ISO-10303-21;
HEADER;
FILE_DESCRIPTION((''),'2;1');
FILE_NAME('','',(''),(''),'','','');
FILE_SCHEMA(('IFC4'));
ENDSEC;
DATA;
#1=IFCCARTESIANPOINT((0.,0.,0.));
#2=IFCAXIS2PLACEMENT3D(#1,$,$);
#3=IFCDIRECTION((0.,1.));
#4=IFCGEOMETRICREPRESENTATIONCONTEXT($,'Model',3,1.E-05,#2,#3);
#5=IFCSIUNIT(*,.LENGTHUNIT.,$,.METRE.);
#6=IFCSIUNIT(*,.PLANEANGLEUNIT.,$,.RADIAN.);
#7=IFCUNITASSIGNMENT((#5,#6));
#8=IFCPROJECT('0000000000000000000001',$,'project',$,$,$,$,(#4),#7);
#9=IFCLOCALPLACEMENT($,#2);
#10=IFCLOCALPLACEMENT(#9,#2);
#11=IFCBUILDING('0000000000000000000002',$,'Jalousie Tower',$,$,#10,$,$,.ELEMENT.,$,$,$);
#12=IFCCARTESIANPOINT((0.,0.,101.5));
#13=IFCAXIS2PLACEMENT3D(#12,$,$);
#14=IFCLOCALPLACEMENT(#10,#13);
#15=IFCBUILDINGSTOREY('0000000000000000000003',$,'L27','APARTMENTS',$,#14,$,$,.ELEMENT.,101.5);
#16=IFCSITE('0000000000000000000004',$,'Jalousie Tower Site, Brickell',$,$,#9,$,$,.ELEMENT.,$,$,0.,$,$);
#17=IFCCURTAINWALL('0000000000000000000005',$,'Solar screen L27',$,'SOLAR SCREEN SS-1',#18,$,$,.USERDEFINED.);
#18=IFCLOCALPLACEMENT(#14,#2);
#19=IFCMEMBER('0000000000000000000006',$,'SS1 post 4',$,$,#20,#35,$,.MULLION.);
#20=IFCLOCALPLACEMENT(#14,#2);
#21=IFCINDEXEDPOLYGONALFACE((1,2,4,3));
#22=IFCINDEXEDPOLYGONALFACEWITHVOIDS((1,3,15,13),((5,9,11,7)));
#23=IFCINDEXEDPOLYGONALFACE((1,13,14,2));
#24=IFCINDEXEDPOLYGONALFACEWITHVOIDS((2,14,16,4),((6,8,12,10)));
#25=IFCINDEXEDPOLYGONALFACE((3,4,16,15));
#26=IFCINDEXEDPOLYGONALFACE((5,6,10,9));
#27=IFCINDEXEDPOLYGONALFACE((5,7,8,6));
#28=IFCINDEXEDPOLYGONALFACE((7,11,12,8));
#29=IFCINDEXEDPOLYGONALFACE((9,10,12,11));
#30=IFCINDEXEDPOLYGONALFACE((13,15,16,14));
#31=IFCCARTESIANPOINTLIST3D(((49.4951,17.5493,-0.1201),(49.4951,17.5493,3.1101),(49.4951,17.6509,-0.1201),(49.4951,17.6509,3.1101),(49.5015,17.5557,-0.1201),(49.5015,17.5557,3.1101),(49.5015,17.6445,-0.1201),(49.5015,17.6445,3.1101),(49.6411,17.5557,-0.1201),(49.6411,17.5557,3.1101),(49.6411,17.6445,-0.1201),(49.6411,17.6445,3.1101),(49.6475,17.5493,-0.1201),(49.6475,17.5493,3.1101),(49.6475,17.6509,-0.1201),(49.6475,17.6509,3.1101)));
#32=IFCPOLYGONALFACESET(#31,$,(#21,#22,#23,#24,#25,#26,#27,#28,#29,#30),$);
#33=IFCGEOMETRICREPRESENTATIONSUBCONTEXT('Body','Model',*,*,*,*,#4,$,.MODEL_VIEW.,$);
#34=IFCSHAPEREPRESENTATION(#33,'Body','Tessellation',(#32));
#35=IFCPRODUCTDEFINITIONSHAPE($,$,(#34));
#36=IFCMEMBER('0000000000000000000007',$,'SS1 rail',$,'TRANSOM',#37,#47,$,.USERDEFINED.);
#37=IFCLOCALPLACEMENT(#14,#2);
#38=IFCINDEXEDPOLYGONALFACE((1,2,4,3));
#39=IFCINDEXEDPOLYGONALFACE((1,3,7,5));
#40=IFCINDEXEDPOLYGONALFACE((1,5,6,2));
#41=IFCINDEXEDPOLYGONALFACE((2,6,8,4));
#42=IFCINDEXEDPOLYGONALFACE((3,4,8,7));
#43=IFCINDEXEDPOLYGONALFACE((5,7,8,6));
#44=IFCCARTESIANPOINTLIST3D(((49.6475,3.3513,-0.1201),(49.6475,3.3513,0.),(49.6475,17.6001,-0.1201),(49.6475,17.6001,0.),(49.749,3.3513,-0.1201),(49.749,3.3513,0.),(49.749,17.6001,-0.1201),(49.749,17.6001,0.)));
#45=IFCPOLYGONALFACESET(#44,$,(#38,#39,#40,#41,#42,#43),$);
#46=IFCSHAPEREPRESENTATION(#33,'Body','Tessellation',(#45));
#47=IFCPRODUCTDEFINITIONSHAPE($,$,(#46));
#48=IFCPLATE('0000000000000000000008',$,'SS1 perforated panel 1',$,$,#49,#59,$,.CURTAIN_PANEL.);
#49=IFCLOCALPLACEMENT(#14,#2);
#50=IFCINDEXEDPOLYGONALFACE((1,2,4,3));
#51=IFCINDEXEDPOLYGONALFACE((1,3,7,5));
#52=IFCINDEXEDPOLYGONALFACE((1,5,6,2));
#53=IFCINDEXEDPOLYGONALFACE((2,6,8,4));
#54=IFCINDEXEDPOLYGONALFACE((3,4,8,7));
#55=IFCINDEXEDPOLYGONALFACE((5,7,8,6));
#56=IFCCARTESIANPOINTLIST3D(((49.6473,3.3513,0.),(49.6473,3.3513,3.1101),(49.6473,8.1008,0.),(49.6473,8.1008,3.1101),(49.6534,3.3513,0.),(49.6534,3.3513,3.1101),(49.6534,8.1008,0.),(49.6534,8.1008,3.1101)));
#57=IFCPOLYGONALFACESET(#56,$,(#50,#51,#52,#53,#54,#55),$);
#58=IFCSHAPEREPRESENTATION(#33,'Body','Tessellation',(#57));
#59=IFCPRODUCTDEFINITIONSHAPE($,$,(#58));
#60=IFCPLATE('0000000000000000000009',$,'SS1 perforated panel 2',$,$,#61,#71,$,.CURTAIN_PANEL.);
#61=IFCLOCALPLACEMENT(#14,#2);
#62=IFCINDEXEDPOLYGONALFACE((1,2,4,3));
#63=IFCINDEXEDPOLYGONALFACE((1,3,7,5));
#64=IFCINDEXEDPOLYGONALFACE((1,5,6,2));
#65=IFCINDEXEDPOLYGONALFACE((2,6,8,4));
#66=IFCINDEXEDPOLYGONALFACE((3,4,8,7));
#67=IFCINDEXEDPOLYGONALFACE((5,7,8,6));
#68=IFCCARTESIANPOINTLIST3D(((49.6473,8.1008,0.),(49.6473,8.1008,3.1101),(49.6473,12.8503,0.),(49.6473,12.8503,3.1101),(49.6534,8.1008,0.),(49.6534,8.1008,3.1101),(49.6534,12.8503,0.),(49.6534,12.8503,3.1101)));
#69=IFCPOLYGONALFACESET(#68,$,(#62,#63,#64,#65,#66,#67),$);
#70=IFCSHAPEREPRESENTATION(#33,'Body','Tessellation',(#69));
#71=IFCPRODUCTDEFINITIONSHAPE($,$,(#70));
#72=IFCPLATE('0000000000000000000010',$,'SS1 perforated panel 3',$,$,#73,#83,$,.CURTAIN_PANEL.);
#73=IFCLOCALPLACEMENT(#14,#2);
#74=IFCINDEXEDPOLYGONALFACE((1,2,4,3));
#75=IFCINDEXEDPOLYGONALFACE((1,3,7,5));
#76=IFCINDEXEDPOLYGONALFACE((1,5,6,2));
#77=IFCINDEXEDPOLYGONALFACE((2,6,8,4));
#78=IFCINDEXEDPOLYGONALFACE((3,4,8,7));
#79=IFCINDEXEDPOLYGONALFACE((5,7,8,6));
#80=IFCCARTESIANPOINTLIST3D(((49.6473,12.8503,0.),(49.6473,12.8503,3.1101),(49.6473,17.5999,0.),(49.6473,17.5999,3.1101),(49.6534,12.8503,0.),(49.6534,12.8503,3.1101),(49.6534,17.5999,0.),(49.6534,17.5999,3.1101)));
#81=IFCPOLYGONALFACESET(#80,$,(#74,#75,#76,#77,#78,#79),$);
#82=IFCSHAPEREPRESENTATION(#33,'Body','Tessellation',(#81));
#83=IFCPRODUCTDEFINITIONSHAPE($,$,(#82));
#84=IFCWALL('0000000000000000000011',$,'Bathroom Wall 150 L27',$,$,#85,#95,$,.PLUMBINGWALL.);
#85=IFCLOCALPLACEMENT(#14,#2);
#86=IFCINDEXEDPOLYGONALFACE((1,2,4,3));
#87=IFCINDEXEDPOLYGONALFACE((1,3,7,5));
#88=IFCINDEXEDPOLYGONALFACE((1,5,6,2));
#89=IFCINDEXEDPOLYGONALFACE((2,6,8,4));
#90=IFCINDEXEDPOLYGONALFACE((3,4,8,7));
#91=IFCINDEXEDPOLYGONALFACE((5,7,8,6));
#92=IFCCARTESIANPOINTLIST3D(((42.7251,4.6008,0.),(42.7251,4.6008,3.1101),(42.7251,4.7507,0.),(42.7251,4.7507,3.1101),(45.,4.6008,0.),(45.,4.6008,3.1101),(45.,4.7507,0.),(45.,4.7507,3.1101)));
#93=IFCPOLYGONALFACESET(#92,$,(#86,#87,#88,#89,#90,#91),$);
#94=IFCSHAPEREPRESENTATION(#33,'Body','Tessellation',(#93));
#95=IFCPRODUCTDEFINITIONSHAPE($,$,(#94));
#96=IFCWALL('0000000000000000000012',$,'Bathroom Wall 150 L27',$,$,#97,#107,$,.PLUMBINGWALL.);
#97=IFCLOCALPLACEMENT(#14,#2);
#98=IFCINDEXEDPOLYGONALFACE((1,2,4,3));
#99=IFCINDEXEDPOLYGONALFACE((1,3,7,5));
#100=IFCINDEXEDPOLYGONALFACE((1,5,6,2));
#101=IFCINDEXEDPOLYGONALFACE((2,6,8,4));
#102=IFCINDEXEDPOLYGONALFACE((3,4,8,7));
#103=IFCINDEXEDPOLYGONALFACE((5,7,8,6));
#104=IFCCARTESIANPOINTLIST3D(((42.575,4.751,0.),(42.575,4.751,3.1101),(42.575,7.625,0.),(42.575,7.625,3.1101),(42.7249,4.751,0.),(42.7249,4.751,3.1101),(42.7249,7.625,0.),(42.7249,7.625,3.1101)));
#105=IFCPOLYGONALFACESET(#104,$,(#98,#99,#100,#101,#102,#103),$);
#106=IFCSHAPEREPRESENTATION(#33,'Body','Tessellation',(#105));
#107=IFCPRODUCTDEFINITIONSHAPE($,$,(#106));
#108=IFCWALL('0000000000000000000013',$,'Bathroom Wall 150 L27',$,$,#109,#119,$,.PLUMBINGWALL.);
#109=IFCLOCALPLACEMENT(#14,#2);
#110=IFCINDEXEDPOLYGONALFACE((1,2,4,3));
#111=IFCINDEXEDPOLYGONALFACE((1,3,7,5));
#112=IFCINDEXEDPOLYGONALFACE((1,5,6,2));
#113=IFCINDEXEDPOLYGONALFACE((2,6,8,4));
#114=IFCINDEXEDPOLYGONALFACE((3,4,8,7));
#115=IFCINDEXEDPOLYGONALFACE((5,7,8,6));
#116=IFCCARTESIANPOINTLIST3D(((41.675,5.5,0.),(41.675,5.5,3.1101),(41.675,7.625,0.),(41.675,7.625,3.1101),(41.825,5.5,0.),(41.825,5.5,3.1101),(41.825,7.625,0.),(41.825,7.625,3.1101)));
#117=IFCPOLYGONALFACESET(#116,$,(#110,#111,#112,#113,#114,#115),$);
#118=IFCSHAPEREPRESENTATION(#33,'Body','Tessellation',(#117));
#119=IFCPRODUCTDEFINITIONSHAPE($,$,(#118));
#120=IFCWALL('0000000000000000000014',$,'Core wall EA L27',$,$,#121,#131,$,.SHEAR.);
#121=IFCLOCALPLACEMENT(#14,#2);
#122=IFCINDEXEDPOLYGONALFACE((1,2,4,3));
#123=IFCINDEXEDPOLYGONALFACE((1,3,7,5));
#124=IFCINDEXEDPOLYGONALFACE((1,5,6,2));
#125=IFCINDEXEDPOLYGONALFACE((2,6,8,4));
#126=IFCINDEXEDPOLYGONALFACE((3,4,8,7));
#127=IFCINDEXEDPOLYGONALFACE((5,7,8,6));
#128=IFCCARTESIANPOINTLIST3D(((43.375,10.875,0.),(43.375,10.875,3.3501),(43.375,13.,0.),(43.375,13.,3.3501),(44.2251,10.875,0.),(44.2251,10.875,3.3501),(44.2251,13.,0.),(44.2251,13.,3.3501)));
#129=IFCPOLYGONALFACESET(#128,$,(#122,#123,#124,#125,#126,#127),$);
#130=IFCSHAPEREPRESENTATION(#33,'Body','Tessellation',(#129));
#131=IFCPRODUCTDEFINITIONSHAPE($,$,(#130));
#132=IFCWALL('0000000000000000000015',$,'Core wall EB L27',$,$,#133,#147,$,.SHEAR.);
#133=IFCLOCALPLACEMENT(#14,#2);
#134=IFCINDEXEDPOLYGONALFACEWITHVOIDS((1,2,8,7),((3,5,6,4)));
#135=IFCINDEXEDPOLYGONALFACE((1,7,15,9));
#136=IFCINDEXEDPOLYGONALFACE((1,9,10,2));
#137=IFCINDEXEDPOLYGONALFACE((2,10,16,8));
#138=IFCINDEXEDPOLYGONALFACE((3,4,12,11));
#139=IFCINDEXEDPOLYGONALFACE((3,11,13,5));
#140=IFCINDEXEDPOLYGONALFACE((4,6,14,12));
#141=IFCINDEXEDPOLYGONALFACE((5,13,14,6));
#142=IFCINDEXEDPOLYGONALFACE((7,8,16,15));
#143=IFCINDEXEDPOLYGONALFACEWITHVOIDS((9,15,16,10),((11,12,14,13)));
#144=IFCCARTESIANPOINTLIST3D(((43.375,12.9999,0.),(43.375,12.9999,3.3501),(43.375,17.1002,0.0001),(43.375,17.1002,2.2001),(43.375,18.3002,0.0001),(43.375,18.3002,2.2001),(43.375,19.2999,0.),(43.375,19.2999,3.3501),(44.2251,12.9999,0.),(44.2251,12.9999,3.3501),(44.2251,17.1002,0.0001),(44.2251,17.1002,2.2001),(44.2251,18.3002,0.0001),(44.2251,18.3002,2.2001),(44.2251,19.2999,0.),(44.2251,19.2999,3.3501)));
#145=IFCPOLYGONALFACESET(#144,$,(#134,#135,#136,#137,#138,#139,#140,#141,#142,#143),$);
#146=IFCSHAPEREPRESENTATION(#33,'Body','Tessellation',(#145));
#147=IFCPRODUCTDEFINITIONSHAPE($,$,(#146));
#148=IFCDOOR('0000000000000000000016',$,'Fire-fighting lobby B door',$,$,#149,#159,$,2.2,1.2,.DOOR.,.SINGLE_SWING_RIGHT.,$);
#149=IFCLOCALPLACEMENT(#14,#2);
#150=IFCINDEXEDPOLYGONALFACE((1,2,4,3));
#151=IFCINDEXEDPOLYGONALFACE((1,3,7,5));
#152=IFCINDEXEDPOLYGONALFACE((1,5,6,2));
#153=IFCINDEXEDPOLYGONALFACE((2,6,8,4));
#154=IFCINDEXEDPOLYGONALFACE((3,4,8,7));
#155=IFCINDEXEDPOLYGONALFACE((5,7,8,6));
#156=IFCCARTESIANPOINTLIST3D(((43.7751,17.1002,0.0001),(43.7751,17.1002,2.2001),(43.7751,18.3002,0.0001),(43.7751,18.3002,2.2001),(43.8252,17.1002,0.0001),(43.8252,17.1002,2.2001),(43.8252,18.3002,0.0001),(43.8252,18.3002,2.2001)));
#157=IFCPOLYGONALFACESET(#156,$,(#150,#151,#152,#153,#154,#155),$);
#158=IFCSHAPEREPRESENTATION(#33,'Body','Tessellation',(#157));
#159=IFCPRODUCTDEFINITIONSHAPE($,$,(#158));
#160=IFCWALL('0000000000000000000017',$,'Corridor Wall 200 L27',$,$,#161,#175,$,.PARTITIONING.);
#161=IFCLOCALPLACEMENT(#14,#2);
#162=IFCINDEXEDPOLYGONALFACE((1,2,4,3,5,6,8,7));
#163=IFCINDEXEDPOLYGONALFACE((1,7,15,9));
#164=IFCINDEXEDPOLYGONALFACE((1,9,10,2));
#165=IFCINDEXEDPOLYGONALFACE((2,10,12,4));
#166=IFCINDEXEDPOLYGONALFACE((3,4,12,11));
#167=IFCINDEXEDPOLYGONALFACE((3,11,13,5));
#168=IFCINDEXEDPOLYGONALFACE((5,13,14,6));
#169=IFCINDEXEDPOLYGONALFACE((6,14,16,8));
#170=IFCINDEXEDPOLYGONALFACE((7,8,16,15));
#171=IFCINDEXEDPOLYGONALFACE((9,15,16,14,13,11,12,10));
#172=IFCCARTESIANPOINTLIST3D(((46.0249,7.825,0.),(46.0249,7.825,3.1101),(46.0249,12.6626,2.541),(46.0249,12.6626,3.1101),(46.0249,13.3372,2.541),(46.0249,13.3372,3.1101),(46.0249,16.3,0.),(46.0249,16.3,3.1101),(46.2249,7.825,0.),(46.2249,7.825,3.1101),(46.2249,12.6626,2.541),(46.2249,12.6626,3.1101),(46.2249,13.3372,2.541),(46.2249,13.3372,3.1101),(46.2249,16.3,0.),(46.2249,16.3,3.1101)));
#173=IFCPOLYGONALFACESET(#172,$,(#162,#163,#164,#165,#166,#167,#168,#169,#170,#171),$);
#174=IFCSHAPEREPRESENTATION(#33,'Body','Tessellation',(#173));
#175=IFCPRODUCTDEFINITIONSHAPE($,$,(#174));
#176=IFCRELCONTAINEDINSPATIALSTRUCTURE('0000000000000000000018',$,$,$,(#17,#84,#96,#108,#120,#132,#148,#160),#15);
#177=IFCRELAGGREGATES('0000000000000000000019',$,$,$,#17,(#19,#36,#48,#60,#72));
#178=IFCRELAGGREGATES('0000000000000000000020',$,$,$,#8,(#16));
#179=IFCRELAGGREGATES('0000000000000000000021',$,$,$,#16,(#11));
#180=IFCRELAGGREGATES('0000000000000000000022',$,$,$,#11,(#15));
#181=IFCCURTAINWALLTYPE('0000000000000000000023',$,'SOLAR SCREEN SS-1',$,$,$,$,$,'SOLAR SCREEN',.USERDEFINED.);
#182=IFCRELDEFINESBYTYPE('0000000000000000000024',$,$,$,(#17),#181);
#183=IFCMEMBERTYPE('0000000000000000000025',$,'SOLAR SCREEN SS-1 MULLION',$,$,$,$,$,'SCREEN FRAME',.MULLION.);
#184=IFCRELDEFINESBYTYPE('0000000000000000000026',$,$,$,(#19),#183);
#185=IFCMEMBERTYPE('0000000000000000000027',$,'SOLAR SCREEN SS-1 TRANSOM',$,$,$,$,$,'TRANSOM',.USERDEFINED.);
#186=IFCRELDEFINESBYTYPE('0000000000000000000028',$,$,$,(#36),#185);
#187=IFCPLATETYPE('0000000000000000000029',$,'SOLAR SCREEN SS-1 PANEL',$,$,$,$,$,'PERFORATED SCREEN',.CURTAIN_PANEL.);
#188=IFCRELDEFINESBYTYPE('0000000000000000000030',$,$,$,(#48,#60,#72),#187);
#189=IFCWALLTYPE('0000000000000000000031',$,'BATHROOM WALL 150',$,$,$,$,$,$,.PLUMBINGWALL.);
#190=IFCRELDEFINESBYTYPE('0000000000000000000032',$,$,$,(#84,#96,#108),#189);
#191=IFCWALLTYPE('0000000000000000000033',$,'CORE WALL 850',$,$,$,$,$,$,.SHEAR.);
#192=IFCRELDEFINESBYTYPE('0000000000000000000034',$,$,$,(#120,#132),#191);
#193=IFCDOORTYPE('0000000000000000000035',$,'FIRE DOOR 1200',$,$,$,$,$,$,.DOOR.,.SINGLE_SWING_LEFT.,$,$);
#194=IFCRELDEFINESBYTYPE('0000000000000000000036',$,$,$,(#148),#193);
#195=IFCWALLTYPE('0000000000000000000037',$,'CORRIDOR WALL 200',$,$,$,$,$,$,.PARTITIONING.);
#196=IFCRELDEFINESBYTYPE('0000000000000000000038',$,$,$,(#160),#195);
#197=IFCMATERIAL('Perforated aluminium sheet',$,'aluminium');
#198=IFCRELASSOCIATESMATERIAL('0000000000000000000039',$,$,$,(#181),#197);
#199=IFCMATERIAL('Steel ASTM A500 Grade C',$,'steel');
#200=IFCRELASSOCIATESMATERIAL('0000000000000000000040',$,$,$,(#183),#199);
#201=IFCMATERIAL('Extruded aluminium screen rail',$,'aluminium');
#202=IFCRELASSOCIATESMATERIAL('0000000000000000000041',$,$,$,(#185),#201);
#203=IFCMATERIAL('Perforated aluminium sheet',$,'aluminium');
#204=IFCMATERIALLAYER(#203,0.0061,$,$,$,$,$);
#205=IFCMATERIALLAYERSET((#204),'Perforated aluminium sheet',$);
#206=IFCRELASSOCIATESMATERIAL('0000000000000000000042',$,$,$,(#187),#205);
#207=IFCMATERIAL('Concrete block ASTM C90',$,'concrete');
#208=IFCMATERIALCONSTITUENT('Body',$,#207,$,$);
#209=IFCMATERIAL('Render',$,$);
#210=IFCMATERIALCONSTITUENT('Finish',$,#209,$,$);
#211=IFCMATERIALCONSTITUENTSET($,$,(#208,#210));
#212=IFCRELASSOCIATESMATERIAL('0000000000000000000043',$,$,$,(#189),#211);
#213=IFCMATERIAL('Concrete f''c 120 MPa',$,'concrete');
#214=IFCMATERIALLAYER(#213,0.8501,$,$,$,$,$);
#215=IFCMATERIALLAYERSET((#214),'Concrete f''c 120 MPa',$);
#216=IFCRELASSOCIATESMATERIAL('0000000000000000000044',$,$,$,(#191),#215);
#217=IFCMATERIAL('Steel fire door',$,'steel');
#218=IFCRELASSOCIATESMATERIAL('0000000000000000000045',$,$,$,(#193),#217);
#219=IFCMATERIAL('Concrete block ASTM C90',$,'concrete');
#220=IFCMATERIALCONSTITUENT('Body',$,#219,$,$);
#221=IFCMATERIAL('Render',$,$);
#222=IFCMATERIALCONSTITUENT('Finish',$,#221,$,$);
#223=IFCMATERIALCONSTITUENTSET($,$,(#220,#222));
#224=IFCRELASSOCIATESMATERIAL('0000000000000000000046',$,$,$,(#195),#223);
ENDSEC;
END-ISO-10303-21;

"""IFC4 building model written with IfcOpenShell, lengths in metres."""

from ifc_helpers import new_model, si_unit, direction, frame, frame_2d, origin, origin_2d, place, context, subcontext, project, spatial, polyline, rectangle, hollow_rectangle, outline, extrude, material, layer, layer_set, constituent, constituent_set, material_profile, profile_set, type_object, element, fill, aggregate, save


model = new_model("IFC4")

# Units and contexts
model_context = context("Model", 3, precision=1e-05, world=origin(), true_north=direction((0.0, 1.0)))
body_context = subcontext(model_context, "Body", "Model", "MODEL_VIEW")
ifc_project = project(units=[si_unit("LENGTHUNIT", "METRE"), si_unit("PLANEANGLEUNIT", "RADIAN")], contexts=[model_context])

# Site, building, storey
site_placement = place(None, origin())
site = spatial("IfcSite", under=ifc_project, at=site_placement, Name="Jalousie Tower Site, Brickell", CompositionType="ELEMENT", RefElevation=0.0)
building_placement = place(site_placement, origin())
building = spatial("IfcBuilding", under=site, at=building_placement, Name="Jalousie Tower", CompositionType="ELEMENT")
storey_placement = place(building_placement, frame((0.0, 0.0, 101.5)))
storey = spatial("IfcBuildingStorey", under=building, at=storey_placement, Name="L27", Description="APARTMENTS", CompositionType="ELEMENT", Elevation=101.5)

# Curtain wall, members, plates
ifc_material_1 = material(Name="Perforated aluminium sheet", Category="aluminium")
curtain_wall_type = type_object("IfcCurtainWallType", Name="SOLAR SCREEN SS-1", ElementType="SOLAR SCREEN", PredefinedType="USERDEFINED", material=ifc_material_1)
curtain_wall_placement = place(storey_placement, origin())
curtain_wall = element("IfcCurtainWall", 1, at=curtain_wall_placement, inside=storey, type_object=curtain_wall_type, Name="Solar screen L27", ObjectType="SOLAR SCREEN SS-1", PredefinedType="USERDEFINED")
ifc_material_2 = material(Name="Steel ASTM A500 Grade C", Category="steel")
ifc_material_profile_1 = material_profile(ifc_material_2, hollow_rectangle(XDim=0.1016, YDim=0.1523, WallThickness=0.0063, at=origin_2d()), Name="HSS6X4X1/4")
ifc_profile_set_1 = profile_set([ifc_material_profile_1], Name="Steel ASTM A500 Grade C")
member_type_1 = type_object("IfcMemberType", Name="SOLAR SCREEN SS-1 MULLION", ElementType="SCREEN FRAME", PredefinedType="MULLION", material=ifc_profile_set_1)
member_1_placement = place(storey_placement, frame((49.5713, 17.6001, -0.1201), z_axis=(0.0, 0.0, 1.0), x_axis=(0.0, 1.0, 0.0)))
member_1 = element("IfcMember", 2, at=member_1_placement, type_object=member_type_1, Name="SS1 post 4", PredefinedType="MULLION", context=body_context, shape_type="SweptSolid", body=[
    extrude(hollow_rectangle(XDim=0.1016, YDim=0.1523, WallThickness=0.0063, at=origin_2d()), origin(), (0.0, 0.0, 1.0), 3.2302),
])
ifc_material_3 = material(Name="Extruded aluminium screen rail", Category="aluminium")
ifc_material_profile_2 = material_profile(ifc_material_3, rectangle(XDim=0.1016, YDim=0.1201, at=origin_2d()), Name="RAIL 102x120")
ifc_profile_set_2 = profile_set([ifc_material_profile_2], Name="Extruded aluminium screen rail")
member_type_2 = type_object("IfcMemberType", Name="SOLAR SCREEN SS-1 TRANSOM", ElementType="TRANSOM", PredefinedType="USERDEFINED", material=ifc_profile_set_2)
member_2_placement = place(storey_placement, frame((49.6982, 3.3513, -0.0601), z_axis=(0.0, 1.0, 0.0), x_axis=(-1.0, 0.0, 0.0)))
member_2 = element("IfcMember", 3, at=member_2_placement, type_object=member_type_2, Name="SS1 rail", ObjectType="TRANSOM", PredefinedType="USERDEFINED", context=body_context, shape_type="SweptSolid", body=[
    extrude(rectangle(XDim=0.1016, YDim=0.1201, at=origin_2d()), origin(), (0.0, 0.0, 1.0), 14.2488),
])
ifc_material_4 = material(Name="Perforated aluminium sheet", Category="aluminium")
ifc_layer_1 = layer(ifc_material_4, 0.0061)
ifc_layer_set_1 = layer_set([ifc_layer_1], Name="Perforated aluminium sheet")
plate_type = type_object("IfcPlateType", Name="SOLAR SCREEN SS-1 PANEL", ElementType="PERFORATED SCREEN", PredefinedType="CURTAIN_PANEL", material=ifc_layer_set_1)
plate_1_placement = place(storey_placement, frame((49.6504, 5.7261, 0.0), z_axis=(0.0, 0.0, 1.0), x_axis=(0.0, 1.0, 0.0)))
plate_1 = element("IfcPlate", 4, at=plate_1_placement, type_object=plate_type, Name="SS1 perforated panel 1", PredefinedType="CURTAIN_PANEL", context=body_context, shape_type="SweptSolid", body=[
    extrude(rectangle(XDim=4.7495, YDim=0.0061, at=origin_2d()), origin(), (0.0, 0.0, 1.0), 3.1101),
])
plate_2_placement = place(storey_placement, frame((49.6504, 10.4756, 0.0), z_axis=(0.0, 0.0, 1.0), x_axis=(0.0, 1.0, 0.0)))
plate_2 = element("IfcPlate", 5, at=plate_2_placement, type_object=plate_type, Name="SS1 perforated panel 2", PredefinedType="CURTAIN_PANEL", context=body_context, shape_type="SweptSolid", body=[
    extrude(rectangle(XDim=4.7495, YDim=0.0061, at=origin_2d()), origin(), (0.0, 0.0, 1.0), 3.1101),
])
plate_3_placement = place(storey_placement, frame((49.6504, 15.2251, 0.0), z_axis=(0.0, 0.0, 1.0), x_axis=(0.0, 1.0, 0.0)))
plate_3 = element("IfcPlate", 6, at=plate_3_placement, type_object=plate_type, Name="SS1 perforated panel 3", PredefinedType="CURTAIN_PANEL", context=body_context, shape_type="SweptSolid", body=[
    extrude(rectangle(XDim=4.7495, YDim=0.0061, at=origin_2d()), origin(), (0.0, 0.0, 1.0), 3.1101),
])
aggregate(curtain_wall, [member_1, member_2, plate_1, plate_2, plate_3])

# Walls
ifc_material_5 = material(Name="Concrete block ASTM C90", Category="concrete")
ifc_constituent_1 = constituent(ifc_material_5, Name="Body")
ifc_material_6 = material(Name="Render")
ifc_constituent_2 = constituent(ifc_material_6, Name="Finish")
ifc_constituent_set_1 = constituent_set(constituents=[ifc_constituent_1, ifc_constituent_2])
wall_type_1 = type_object("IfcWallType", Name="BATHROOM WALL 150", PredefinedType="PLUMBINGWALL", material=ifc_constituent_set_1)
wall_1_placement = place(storey_placement, frame((42.7251, 4.6758, 0.0), z_axis=(0.0, 0.0, 1.0), x_axis=(1.0, 0.0, 0.0)))
element("IfcWall", 7, at=wall_1_placement, inside=storey, type_object=wall_type_1, Name="Bathroom Wall 150 L27", PredefinedType="PLUMBINGWALL", context=body_context, shape_type="SweptSolid", body=[
    extrude(rectangle(XDim=2.2749, YDim=0.1499, at=frame_2d((1.1375, 0.0))), origin(), (0.0, 0.0, 1.0), 3.1101),
])
wall_2_placement = place(storey_placement, frame((42.6499, 4.751, 0.0), z_axis=(0.0, 0.0, 1.0), x_axis=(0.0, 1.0, 0.0)))
element("IfcWall", 8, at=wall_2_placement, inside=storey, type_object=wall_type_1, Name="Bathroom Wall 150 L27", PredefinedType="PLUMBINGWALL", context=body_context, shape_type="SweptSolid", body=[
    extrude(rectangle(XDim=2.874, YDim=0.1499, at=frame_2d((1.437, 0.0))), origin(), (0.0, 0.0, 1.0), 3.1101),
])
wall_3_placement = place(storey_placement, frame((41.75, 5.5, 0.0), z_axis=(0.0, 0.0, 1.0), x_axis=(0.0, 1.0, 0.0)))
element("IfcWall", 9, at=wall_3_placement, inside=storey, type_object=wall_type_1, Name="Bathroom Wall 150 L27", PredefinedType="PLUMBINGWALL", context=body_context, shape_type="SweptSolid", body=[
    extrude(rectangle(XDim=2.125, YDim=0.1499, at=frame_2d((1.0625, 0.0))), origin(), (0.0, 0.0, 1.0), 3.1101),
])
ifc_material_7 = material(Name="Concrete f'c 120 MPa", Category="concrete")
ifc_layer_2 = layer(ifc_material_7, 0.8501)
ifc_layer_set_2 = layer_set([ifc_layer_2], Name="Concrete f'c 120 MPa")
wall_type_2 = type_object("IfcWallType", Name="CORE WALL 850", PredefinedType="SHEAR", material=ifc_layer_set_2)
wall_4_placement = place(storey_placement, frame((43.8, 10.875, 0.0), z_axis=(0.0, 0.0, 1.0), x_axis=(0.0, 1.0, 0.0)))
element("IfcWall", 10, at=wall_4_placement, inside=storey, type_object=wall_type_2, Name="Core wall EA L27", PredefinedType="SHEAR", context=body_context, shape_type="SweptSolid", body=[
    extrude(rectangle(XDim=2.125, YDim=0.8501, at=frame_2d((1.0625, 0.0))), origin(), (0.0, 0.0, 1.0), 3.3501),
])

# Wall, opening, door
wall_5_placement = place(storey_placement, frame((43.8, 13.0, 0.0), z_axis=(0.0, 0.0, 1.0), x_axis=(0.0, 1.0, 0.0)))
wall_5 = element("IfcWall", 11, at=wall_5_placement, inside=storey, type_object=wall_type_2, Name="Core wall EB L27", PredefinedType="SHEAR", context=body_context, shape_type="SweptSolid", body=[
    extrude(rectangle(XDim=6.3, YDim=0.8501, at=frame_2d((3.1499, 0.0))), origin(), (0.0, 0.0, 1.0), 3.3501),
])
opening_1_placement = place(wall_5_placement, frame((4.1001, 0.0, 0.0)))
opening_1 = element("IfcOpeningElement", 12, at=opening_1_placement, cuts=wall_5, PredefinedType="OPENING", context=body_context, shape_type="SweptSolid", body=[
    extrude(rectangle(XDim=1.2, YDim=2.2, at=frame_2d((0.6001, 1.1001))), frame((0.0, 0.4351, 0.0), z_axis=(0.0, -1.0, 0.0), x_axis=(1.0, 0.0, 0.0)), (0.0, 0.0, 1.0), 0.8701),
])
ifc_material_8 = material(Name="Steel fire door", Category="steel")
door_type_1 = type_object("IfcDoorType", Name="FIRE DOOR 1200", OperationType="SINGLE_SWING_LEFT", PredefinedType="DOOR", material=ifc_material_8)
door_1_placement = place(opening_1_placement, origin())
door_1 = element("IfcDoor", 13, at=door_1_placement, inside=storey, type_object=door_type_1, Name="Fire-fighting lobby B door", OperationType="SINGLE_SWING_RIGHT", OverallHeight=2.2, OverallWidth=1.2, PredefinedType="DOOR", context=body_context, shape_type="SweptSolid", body=[
    extrude(rectangle(XDim=1.2, YDim=2.2, at=frame_2d((0.6001, 1.1001))), frame((0.0, 0.0249, 0.0), z_axis=(0.0, -1.0, 0.0), x_axis=(1.0, 0.0, 0.0)), (0.0, 0.0, 1.0), 0.05),
])
fill(opening_1, door_1)

# Wall
ifc_material_9 = material(Name="Concrete block ASTM C90", Category="concrete")
ifc_constituent_3 = constituent(ifc_material_9, Name="Body")
ifc_material_10 = material(Name="Render")
ifc_constituent_4 = constituent(ifc_material_10, Name="Finish")
ifc_constituent_set_2 = constituent_set(constituents=[ifc_constituent_3, ifc_constituent_4])
wall_type_3 = type_object("IfcWallType", Name="CORRIDOR WALL 200", PredefinedType="PARTITIONING", material=ifc_constituent_set_2)
wall_6_placement = place(storey_placement, frame((46.125, 7.825, 0.0), z_axis=(0.0, 0.0, 1.0), x_axis=(0.0, 1.0, 0.0)))
element("IfcWall", 14, at=wall_6_placement, inside=storey, type_object=wall_type_3, Name="Corridor Wall 200 L27", PredefinedType="PARTITIONING", context=body_context, shape_type="SweptSolid", body=[
    extrude(outline(polyline([(0.0, 0.0), (8.4751, 0.0), (8.4751, 3.1101), (5.5122, 3.1101), (5.5122, 2.541), (4.8376, 2.541), (4.8376, 3.1101), (0.0, 3.1101), (0.0, 0.0)])), frame((0.0, 0.1001, 0.0), z_axis=(0.0, -1.0, 0.0), x_axis=(1.0, 0.0, 0.0)), (0.0, 0.0, 1.0), 0.2),
])

save(model, "model.ifc")
